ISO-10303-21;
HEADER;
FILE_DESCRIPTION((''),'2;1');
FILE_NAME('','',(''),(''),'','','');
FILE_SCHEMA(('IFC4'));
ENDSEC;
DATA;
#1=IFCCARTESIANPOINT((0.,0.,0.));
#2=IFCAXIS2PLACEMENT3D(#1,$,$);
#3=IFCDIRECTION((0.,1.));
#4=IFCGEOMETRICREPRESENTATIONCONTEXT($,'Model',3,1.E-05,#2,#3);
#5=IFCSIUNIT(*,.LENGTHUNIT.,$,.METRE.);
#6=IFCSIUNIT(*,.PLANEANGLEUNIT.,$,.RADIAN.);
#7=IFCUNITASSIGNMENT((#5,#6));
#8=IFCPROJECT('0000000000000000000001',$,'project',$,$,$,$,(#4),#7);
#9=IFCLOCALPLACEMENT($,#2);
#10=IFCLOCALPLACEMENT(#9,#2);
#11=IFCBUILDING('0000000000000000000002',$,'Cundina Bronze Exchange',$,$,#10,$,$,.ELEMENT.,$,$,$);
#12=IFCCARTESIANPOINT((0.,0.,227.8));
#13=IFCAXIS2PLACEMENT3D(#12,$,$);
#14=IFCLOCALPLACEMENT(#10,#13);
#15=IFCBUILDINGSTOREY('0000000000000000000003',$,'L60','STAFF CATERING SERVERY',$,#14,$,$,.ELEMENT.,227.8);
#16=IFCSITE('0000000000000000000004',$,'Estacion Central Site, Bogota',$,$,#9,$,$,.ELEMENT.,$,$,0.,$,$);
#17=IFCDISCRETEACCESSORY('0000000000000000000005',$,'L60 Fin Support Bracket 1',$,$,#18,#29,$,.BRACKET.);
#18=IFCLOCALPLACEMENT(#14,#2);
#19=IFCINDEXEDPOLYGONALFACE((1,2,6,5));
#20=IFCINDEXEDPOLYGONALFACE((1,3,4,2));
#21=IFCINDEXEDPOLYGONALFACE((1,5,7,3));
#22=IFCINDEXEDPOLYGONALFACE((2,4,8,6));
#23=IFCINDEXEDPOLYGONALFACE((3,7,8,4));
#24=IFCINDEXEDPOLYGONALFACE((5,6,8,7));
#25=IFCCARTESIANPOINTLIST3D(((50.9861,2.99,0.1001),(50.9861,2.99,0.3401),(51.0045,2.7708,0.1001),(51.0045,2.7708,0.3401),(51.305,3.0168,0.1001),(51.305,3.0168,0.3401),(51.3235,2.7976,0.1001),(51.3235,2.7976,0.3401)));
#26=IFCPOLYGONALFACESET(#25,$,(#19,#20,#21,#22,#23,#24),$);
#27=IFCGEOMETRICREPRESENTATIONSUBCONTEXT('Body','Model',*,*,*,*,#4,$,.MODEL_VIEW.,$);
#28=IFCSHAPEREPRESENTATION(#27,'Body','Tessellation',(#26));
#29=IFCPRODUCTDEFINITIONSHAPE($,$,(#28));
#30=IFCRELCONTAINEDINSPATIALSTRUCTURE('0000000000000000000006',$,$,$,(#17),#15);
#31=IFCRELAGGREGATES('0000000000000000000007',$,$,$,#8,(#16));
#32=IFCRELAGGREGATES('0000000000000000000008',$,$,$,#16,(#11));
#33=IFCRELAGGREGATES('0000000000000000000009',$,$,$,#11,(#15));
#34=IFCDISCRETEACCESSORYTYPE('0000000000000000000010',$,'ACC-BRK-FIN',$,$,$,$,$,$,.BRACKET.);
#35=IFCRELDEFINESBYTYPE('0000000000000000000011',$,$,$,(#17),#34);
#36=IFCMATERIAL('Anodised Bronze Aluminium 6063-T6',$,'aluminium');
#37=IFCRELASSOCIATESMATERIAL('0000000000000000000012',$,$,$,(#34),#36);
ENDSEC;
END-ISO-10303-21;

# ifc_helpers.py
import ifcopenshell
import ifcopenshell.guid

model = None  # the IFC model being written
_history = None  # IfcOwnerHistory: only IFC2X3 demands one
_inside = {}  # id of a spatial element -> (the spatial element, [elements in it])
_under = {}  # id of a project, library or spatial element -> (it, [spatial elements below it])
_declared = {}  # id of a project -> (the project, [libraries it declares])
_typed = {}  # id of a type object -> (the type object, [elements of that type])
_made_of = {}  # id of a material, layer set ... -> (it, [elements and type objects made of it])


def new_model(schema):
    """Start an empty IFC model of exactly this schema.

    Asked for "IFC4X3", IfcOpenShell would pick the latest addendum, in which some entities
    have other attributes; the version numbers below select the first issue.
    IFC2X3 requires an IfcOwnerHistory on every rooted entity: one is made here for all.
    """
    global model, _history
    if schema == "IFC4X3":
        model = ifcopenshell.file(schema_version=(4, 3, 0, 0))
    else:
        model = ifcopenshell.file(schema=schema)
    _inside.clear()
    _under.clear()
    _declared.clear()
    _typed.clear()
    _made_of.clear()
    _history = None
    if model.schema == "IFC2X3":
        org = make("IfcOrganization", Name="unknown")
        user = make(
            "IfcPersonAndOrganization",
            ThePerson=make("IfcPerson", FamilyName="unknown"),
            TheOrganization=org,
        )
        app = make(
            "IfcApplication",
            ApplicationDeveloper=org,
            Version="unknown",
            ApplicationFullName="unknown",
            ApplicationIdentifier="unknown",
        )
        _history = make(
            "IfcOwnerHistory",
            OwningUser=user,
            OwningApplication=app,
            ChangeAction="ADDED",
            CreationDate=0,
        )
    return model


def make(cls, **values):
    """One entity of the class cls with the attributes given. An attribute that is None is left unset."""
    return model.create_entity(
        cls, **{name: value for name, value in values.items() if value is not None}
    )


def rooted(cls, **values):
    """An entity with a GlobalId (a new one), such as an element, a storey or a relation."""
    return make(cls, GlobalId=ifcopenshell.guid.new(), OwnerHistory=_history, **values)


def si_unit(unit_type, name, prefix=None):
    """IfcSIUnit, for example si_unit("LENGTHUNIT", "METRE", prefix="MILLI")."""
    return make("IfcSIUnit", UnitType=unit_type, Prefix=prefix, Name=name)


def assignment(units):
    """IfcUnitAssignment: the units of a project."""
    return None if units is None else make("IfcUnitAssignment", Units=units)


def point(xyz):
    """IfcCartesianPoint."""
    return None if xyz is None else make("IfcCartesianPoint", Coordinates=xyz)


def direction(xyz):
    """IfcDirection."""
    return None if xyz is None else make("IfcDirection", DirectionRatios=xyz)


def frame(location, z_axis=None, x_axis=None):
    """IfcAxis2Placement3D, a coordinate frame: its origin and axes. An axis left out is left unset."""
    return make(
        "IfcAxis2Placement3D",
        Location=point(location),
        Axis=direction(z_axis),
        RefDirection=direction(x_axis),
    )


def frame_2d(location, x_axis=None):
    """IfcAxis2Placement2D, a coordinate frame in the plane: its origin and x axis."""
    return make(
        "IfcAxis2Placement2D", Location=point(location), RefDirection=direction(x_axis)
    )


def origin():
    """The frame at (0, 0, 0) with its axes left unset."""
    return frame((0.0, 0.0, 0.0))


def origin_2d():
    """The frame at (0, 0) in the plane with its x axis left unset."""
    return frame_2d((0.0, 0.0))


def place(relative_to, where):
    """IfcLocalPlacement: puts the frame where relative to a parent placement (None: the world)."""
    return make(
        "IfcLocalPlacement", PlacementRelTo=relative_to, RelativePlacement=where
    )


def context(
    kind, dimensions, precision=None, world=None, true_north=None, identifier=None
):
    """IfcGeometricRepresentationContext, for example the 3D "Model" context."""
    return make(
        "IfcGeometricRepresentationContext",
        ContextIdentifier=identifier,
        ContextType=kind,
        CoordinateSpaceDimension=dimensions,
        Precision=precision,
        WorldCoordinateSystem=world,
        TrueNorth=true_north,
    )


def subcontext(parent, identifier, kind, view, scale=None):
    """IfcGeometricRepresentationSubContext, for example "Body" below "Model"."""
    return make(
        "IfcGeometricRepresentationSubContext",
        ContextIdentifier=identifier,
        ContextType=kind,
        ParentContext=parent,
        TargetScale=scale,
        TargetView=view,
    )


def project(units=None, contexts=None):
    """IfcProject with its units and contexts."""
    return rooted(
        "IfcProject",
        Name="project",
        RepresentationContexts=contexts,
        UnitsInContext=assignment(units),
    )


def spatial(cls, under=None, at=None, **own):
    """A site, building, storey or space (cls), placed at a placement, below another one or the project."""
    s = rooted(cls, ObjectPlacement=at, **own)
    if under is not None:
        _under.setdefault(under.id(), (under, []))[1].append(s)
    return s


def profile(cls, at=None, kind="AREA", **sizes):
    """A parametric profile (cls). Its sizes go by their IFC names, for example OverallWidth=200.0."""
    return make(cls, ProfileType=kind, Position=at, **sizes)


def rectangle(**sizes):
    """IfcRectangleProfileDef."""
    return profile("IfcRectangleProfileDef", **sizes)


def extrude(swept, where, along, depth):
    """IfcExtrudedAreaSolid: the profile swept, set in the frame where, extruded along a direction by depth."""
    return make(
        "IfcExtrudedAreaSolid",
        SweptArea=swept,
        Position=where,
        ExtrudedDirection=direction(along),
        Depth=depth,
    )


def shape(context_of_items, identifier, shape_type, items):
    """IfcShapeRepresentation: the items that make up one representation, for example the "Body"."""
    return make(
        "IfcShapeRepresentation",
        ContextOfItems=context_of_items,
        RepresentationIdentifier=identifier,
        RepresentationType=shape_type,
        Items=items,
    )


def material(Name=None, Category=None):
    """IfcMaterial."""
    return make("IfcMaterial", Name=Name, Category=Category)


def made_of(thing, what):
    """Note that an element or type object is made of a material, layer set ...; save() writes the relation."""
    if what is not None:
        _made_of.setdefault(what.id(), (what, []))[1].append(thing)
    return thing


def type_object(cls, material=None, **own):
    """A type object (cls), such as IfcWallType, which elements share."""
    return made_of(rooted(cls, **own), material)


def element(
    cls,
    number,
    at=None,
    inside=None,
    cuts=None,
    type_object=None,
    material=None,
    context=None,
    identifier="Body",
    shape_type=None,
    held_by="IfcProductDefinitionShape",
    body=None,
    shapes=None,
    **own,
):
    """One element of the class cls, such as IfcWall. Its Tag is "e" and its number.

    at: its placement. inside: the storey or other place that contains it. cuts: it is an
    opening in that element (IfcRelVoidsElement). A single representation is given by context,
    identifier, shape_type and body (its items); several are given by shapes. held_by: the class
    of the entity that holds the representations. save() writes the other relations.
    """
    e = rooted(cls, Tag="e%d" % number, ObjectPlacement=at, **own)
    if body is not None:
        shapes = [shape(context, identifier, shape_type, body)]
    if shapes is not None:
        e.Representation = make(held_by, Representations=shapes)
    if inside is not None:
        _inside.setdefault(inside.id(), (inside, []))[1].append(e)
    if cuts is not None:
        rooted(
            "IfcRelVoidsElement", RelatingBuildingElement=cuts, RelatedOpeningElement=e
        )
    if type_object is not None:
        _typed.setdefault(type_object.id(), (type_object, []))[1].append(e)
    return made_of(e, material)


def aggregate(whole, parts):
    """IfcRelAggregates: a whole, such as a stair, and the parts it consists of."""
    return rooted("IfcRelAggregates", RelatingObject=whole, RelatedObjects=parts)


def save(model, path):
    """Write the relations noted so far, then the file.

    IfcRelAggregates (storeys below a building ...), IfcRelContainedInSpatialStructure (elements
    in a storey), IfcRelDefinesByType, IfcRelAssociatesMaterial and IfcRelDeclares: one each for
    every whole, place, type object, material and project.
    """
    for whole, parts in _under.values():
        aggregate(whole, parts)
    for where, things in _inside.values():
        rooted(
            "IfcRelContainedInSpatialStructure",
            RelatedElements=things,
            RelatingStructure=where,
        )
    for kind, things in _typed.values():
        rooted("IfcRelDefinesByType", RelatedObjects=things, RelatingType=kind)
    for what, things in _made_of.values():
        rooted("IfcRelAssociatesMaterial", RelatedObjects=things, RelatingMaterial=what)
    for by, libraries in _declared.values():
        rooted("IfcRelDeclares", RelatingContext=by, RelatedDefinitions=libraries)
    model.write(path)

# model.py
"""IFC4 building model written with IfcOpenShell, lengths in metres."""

from ifc_helpers import new_model, si_unit, direction, frame, origin, origin_2d, place, context, subcontext, project, spatial, rectangle, extrude, material, type_object, element, save


model = new_model("IFC4")

# Units and contexts
model_context = context("Model", 3, precision=1e-05, world=origin(), true_north=direction((0.0, 1.0)))
body_context = subcontext(model_context, "Body", "Model", "MODEL_VIEW")
ifc_project = project(units=[si_unit("LENGTHUNIT", "METRE"), si_unit("PLANEANGLEUNIT", "RADIAN")], contexts=[model_context])

# Site, building, storey
site_placement = place(None, origin())
site = spatial("IfcSite", under=ifc_project, at=site_placement, Name="Estacion Central Site, Bogota", CompositionType="ELEMENT", RefElevation=0.0)
building_placement = place(site_placement, origin())
building = spatial("IfcBuilding", under=site, at=building_placement, Name="Cundina Bronze Exchange", CompositionType="ELEMENT")
storey_placement = place(building_placement, frame((0.0, 0.0, 227.8)))
storey = spatial("IfcBuildingStorey", under=building, at=storey_placement, Name="L60", Description="STAFF CATERING SERVERY", CompositionType="ELEMENT", Elevation=227.8)

# Shared definitions
ifc_material_1 = material(Name="Anodised Bronze Aluminium 6063-T6", Category="aluminium")

# Discrete accessory
discrete_accessory_type = type_object("IfcDiscreteAccessoryType", Name="ACC-BRK-FIN", PredefinedType="BRACKET", material=ifc_material_1)
discrete_accessory_placement = place(storey_placement, frame((51.1548, 2.8938, 0.1001), z_axis=(0.0, 0.0, 1.0), x_axis=(-0.083747, 0.996487, 0.0)))
element("IfcDiscreteAccessory", 1, at=discrete_accessory_placement, inside=storey, type_object=discrete_accessory_type, Name="L60 Fin Support Bracket 1", PredefinedType="BRACKET", context=body_context, shape_type="SweptSolid", body=[
    extrude(rectangle(XDim=0.22, YDim=0.3201, at=origin_2d()), origin(), (0.0, 0.0, 1.0), 0.24),
])

save(model, "model.ifc")
